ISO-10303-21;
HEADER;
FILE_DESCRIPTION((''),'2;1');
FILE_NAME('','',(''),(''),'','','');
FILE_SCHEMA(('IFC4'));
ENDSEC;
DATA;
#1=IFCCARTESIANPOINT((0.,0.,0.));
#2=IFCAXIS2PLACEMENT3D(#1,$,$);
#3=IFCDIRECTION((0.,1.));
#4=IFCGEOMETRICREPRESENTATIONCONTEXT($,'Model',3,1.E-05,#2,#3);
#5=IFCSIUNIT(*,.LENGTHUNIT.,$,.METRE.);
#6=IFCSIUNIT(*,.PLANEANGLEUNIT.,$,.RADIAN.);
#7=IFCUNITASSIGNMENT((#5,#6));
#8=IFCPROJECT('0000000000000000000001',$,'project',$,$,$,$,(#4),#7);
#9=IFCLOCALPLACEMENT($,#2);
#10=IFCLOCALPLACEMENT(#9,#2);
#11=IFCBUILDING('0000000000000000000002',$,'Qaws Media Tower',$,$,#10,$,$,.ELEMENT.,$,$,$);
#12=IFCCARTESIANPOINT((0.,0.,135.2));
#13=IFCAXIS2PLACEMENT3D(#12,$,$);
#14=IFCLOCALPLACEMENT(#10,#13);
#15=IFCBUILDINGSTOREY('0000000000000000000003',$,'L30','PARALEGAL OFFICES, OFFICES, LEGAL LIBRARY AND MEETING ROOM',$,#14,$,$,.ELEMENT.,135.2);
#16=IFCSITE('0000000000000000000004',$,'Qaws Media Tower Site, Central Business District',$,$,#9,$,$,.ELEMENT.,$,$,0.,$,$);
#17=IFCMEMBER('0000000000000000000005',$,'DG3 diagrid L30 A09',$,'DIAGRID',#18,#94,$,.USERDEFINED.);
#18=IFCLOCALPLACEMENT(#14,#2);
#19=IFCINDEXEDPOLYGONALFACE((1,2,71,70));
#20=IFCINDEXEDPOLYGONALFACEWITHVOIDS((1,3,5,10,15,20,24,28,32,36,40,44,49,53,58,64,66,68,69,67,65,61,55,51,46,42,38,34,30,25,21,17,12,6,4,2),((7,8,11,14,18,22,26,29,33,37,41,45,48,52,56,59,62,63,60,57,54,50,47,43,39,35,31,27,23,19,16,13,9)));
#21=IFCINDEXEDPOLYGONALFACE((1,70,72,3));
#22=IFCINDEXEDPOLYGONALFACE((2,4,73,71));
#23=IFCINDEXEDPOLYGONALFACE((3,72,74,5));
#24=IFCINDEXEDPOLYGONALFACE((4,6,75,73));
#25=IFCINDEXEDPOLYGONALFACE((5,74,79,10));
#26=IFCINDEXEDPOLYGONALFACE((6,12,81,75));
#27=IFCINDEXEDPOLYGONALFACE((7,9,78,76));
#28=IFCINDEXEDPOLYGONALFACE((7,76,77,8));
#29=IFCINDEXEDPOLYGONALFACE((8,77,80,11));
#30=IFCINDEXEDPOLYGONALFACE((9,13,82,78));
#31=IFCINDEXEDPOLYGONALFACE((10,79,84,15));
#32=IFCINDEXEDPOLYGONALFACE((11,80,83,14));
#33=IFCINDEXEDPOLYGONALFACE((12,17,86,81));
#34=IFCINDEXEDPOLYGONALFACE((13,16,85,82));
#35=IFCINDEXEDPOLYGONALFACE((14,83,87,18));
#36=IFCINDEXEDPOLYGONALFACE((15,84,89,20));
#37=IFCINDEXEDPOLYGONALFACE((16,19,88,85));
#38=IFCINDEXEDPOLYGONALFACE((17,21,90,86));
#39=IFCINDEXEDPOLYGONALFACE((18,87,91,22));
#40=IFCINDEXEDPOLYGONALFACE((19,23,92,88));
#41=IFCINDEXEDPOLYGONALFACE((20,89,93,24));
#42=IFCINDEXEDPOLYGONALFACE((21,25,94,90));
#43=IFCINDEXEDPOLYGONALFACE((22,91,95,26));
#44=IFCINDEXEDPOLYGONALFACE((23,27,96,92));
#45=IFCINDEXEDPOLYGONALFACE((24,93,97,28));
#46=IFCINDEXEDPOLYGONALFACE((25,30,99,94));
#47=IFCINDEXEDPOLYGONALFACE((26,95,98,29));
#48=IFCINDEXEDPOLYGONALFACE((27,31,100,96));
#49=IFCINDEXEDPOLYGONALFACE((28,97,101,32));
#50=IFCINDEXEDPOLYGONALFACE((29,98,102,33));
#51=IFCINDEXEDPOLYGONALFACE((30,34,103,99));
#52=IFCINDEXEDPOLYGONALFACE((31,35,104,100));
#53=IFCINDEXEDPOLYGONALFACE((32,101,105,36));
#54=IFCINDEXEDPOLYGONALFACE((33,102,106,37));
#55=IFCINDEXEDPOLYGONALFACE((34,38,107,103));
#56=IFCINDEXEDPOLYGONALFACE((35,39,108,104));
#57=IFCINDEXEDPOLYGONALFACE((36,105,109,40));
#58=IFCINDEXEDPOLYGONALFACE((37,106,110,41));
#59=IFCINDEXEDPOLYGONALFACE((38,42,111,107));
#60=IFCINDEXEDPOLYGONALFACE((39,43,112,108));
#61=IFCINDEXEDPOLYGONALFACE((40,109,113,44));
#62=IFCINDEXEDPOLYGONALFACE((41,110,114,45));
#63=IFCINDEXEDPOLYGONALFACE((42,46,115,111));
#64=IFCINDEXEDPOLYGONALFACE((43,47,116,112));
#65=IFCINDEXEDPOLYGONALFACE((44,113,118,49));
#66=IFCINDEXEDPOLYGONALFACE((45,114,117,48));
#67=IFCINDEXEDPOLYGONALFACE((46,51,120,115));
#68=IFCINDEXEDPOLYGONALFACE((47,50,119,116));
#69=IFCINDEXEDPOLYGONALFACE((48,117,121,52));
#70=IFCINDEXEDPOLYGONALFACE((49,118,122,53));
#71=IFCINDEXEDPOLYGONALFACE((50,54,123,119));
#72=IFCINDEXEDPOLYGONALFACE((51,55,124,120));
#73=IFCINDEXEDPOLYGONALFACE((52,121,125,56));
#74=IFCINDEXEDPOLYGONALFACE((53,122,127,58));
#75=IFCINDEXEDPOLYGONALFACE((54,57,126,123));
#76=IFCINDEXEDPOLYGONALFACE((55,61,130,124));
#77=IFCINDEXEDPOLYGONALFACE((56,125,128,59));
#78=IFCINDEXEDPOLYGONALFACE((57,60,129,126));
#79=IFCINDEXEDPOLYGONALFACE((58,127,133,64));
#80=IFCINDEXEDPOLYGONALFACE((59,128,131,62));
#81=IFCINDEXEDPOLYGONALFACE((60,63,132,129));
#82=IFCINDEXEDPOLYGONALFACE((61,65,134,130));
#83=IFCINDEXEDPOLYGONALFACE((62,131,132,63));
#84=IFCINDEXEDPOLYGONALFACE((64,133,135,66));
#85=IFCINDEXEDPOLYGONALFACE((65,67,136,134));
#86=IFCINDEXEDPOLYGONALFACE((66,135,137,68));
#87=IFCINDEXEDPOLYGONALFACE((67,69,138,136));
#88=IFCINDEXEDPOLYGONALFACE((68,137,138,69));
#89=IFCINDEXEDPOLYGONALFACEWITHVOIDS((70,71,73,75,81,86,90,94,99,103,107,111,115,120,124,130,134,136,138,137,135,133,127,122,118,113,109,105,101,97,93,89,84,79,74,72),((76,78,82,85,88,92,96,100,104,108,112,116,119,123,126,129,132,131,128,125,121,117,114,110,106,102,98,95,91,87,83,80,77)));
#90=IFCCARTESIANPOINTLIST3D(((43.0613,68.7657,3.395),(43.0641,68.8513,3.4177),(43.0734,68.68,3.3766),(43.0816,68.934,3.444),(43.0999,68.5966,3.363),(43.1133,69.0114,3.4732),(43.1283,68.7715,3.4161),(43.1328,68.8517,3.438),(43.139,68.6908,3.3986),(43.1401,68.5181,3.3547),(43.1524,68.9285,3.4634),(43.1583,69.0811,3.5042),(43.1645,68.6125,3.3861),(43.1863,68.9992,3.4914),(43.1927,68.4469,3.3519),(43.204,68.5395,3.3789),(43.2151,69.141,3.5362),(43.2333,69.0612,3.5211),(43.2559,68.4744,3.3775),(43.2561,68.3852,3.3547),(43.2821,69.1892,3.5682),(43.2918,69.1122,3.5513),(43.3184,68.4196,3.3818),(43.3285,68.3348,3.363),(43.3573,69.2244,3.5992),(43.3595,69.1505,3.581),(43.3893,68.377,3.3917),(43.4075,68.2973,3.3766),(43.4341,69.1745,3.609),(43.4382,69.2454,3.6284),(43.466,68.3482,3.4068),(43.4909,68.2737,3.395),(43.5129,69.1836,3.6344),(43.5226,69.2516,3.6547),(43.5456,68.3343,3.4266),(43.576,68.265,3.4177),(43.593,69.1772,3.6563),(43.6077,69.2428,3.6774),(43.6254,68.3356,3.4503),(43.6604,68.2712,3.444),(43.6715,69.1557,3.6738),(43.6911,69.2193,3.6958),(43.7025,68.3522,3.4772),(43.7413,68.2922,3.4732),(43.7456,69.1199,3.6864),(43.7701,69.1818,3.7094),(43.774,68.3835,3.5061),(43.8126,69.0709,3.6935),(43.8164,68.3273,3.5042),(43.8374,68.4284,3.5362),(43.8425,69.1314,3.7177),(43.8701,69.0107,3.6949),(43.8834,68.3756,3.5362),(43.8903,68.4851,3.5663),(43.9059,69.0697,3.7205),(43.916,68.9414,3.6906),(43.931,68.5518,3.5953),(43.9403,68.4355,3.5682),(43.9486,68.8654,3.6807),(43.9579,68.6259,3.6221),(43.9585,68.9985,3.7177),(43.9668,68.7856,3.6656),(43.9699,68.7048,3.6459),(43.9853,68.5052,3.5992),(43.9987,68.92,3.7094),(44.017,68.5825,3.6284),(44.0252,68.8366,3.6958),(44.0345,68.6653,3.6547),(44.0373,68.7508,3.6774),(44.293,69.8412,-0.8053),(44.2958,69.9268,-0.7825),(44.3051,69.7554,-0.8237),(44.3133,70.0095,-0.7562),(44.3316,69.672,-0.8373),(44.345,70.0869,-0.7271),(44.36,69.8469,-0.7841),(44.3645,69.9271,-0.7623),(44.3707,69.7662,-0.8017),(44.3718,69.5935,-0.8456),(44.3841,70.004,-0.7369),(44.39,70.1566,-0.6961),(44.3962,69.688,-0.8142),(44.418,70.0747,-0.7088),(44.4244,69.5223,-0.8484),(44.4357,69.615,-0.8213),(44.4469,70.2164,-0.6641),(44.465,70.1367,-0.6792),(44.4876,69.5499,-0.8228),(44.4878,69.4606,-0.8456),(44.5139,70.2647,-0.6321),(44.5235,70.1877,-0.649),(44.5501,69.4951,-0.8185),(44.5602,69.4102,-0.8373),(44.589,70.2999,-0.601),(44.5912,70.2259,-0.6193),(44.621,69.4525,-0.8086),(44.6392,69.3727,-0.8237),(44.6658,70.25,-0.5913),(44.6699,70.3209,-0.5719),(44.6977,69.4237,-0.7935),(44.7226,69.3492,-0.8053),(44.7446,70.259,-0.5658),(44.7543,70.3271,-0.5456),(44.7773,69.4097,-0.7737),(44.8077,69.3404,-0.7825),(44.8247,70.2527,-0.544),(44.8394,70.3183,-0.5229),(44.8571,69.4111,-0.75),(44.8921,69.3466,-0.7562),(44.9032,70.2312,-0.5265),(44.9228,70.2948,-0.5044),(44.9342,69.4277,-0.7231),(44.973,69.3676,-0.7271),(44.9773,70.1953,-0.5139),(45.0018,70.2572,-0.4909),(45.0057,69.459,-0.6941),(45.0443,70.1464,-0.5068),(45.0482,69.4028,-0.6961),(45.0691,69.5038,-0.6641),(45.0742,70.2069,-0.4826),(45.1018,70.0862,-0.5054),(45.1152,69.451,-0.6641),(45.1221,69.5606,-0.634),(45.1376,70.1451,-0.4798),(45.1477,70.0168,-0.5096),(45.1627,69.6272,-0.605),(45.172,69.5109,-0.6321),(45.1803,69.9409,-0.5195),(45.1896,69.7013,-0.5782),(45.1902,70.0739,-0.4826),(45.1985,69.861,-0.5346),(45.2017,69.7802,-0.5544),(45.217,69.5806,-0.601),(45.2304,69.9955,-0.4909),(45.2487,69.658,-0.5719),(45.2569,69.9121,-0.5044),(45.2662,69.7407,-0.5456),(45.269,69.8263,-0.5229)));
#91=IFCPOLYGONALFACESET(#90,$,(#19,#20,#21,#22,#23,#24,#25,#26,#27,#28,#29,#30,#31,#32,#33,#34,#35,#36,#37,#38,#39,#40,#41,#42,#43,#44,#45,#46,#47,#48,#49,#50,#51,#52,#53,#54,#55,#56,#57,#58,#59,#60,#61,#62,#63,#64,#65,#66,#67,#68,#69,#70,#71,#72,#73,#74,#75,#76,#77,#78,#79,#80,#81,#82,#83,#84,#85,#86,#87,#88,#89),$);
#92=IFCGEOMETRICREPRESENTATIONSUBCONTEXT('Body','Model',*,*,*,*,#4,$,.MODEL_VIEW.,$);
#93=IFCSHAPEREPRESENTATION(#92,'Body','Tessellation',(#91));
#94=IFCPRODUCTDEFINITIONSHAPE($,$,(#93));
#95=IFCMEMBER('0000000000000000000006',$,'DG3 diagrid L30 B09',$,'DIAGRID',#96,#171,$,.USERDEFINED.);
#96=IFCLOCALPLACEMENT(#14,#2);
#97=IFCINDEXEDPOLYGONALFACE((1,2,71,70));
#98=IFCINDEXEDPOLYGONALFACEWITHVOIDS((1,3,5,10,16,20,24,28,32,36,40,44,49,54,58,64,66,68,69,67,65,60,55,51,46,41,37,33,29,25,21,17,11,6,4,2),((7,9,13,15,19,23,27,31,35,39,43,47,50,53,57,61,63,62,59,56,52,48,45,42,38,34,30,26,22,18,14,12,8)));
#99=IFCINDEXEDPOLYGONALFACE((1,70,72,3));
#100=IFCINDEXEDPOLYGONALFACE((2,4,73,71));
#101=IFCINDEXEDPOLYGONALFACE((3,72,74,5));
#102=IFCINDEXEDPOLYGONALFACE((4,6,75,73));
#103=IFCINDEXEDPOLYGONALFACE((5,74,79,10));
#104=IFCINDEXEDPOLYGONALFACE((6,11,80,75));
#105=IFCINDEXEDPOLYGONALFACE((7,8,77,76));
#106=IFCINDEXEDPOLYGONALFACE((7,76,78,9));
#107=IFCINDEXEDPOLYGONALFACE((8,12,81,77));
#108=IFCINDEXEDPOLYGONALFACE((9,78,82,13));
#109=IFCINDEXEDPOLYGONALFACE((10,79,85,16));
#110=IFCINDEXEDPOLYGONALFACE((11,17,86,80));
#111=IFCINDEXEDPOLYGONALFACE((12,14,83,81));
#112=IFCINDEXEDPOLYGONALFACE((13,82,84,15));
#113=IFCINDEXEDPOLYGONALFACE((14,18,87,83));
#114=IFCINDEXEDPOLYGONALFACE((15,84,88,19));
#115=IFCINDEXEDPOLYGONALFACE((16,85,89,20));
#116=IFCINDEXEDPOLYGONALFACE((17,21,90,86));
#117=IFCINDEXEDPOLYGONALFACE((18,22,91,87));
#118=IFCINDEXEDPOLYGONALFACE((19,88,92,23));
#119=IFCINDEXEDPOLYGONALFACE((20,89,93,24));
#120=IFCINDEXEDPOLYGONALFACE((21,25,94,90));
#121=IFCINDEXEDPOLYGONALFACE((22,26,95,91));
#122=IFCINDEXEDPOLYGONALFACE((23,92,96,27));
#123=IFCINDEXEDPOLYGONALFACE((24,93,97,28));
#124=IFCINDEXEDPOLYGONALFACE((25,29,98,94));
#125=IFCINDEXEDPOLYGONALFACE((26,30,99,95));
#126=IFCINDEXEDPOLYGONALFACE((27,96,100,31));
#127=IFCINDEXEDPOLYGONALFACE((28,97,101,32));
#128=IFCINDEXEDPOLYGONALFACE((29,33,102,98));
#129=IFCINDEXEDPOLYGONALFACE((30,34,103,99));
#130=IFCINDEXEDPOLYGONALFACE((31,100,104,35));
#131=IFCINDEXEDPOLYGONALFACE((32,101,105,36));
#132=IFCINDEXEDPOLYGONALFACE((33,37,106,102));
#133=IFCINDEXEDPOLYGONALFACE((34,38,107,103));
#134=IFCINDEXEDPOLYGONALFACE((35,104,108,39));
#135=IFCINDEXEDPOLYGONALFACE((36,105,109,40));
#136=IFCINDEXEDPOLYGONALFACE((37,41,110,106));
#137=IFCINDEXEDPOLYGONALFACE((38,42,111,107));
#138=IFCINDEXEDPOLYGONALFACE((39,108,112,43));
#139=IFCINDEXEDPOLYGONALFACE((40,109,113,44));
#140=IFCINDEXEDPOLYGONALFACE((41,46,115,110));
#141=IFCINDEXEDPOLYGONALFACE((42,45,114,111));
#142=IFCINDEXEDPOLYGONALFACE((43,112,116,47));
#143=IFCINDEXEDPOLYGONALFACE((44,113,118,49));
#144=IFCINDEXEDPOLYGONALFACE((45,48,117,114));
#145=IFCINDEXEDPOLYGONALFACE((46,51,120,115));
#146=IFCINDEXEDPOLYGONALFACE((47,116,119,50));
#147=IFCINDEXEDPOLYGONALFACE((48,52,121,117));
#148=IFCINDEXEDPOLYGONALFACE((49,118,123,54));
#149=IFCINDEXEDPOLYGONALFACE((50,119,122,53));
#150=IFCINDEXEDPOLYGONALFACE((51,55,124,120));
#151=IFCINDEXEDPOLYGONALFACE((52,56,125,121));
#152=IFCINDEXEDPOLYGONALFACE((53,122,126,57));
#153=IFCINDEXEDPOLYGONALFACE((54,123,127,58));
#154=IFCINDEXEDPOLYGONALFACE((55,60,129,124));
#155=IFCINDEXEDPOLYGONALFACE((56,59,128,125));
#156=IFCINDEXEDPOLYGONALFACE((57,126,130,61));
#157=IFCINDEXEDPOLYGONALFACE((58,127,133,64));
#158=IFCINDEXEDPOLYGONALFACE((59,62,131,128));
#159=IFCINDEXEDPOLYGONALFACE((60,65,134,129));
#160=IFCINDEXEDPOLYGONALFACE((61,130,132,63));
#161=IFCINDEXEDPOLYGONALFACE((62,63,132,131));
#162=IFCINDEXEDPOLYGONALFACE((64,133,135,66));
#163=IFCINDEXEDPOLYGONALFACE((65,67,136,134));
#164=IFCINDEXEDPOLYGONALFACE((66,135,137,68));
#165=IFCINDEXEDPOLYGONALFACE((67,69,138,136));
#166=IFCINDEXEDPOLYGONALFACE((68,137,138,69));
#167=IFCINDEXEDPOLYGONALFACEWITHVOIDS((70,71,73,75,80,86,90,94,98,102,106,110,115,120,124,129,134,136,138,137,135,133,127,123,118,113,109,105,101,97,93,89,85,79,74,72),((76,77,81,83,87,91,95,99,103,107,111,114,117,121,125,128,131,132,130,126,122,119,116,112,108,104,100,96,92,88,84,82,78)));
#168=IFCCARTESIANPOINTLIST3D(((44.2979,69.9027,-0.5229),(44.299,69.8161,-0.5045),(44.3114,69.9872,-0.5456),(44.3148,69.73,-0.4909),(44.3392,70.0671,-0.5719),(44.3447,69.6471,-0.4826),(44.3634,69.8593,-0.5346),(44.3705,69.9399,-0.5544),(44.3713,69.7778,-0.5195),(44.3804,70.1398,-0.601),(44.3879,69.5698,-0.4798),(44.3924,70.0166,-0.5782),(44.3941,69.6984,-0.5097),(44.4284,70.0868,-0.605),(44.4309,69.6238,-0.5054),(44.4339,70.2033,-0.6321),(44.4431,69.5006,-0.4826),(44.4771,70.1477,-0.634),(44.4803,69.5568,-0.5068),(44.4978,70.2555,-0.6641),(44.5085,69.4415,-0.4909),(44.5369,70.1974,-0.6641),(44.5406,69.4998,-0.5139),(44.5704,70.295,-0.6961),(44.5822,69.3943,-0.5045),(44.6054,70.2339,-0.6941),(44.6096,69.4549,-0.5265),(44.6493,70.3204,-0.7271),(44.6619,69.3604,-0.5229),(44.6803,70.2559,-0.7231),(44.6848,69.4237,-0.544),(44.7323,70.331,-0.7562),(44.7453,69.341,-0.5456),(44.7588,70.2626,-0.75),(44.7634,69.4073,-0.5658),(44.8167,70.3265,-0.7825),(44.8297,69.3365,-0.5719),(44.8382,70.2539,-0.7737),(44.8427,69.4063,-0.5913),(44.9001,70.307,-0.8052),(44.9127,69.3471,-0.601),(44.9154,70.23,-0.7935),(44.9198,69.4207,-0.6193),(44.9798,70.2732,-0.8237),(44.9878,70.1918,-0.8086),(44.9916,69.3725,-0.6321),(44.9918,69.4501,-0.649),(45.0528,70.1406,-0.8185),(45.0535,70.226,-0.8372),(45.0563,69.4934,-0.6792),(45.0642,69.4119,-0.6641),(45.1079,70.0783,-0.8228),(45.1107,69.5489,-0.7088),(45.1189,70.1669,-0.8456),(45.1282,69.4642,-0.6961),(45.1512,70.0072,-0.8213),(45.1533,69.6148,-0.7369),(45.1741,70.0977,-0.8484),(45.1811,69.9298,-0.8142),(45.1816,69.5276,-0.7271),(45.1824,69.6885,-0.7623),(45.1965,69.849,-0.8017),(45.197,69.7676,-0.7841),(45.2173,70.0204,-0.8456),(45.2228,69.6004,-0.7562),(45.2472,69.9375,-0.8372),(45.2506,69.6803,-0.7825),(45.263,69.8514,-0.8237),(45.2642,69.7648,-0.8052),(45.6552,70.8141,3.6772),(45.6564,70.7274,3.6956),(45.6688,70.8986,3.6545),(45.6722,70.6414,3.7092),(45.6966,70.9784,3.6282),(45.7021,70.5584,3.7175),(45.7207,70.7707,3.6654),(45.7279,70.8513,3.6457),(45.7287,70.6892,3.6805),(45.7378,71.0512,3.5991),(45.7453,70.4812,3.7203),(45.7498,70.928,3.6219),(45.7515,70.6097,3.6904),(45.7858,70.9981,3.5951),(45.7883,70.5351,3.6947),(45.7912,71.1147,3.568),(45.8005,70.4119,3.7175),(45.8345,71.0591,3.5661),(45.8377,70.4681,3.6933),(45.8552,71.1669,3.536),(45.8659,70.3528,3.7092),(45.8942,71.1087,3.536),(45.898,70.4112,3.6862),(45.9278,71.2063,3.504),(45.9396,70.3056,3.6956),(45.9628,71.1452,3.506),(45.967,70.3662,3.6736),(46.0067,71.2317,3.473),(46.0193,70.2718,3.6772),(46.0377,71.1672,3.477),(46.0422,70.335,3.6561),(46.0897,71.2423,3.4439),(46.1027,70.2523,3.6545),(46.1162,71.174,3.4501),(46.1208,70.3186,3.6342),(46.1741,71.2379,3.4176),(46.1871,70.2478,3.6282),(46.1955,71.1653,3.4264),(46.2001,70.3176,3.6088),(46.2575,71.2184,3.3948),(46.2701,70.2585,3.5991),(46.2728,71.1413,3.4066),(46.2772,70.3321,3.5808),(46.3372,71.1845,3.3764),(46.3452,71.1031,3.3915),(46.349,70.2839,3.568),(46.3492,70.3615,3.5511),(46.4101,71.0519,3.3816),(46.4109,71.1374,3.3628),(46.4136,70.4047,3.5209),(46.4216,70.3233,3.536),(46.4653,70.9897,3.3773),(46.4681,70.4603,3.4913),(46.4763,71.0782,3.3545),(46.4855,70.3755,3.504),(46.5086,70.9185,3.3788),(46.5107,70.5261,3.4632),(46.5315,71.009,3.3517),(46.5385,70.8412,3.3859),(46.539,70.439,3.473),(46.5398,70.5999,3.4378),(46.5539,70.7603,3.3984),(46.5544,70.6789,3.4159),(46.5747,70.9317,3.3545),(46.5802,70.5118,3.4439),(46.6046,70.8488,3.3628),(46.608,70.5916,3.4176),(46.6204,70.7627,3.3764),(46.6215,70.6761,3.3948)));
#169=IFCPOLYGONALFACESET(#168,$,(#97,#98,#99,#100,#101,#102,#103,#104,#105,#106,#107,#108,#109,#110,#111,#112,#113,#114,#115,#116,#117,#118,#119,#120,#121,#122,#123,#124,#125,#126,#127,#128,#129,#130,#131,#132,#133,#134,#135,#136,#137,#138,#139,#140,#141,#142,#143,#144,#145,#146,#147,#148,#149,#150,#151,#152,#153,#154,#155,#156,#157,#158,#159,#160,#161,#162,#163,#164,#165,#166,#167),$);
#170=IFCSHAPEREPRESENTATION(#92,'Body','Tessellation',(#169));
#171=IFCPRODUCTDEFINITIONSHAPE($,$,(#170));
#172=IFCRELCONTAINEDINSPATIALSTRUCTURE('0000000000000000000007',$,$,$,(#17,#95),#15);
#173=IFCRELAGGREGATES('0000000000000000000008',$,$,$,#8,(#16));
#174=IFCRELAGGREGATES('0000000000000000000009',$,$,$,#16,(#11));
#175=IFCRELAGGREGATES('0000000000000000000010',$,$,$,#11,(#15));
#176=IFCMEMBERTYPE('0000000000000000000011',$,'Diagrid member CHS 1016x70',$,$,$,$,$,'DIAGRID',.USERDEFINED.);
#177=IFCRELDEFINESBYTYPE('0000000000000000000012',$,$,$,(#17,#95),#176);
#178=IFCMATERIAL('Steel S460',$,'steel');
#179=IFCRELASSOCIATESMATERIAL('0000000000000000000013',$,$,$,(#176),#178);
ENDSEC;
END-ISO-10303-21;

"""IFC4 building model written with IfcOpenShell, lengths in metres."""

from ifc_helpers import new_model, si_unit, direction, frame, origin, origin_2d, place, context, subcontext, project, spatial, hollow_circle, extrude, material, material_profile, profile_set, type_object, element, save


model = new_model("IFC4")

# Units and contexts
model_context = context("Model", 3, precision=1e-05, world=origin(), true_north=direction((0.0, 1.0)))
body_context = subcontext(model_context, "Body", "Model", "MODEL_VIEW")
ifc_project = project(units=[si_unit("LENGTHUNIT", "METRE"), si_unit("PLANEANGLEUNIT", "RADIAN")], contexts=[model_context])

# Site, building, storey
site_placement = place(None, origin())
site = spatial("IfcSite", under=ifc_project, at=site_placement, Name="Qaws Media Tower Site, Central Business District", CompositionType="ELEMENT", RefElevation=0.0)
building_placement = place(site_placement, origin())
building = spatial("IfcBuilding", under=site, at=building_placement, Name="Qaws Media Tower", CompositionType="ELEMENT")
storey_placement = place(building_placement, frame((0.0, 0.0, 135.2)))
storey = spatial("IfcBuildingStorey", under=building, at=storey_placement, Name="L30", Description="PARALEGAL OFFICES, OFFICES, LEGAL LIBRARY AND MEETING ROOM", CompositionType="ELEMENT", Elevation=135.2)

# Members
ifc_material_1 = material(Name="Steel S460", Category="steel")
ifc_material_profile_1 = material_profile(ifc_material_1, hollow_circle(Radius=0.5081, WallThickness=0.0701, at=origin_2d()), Name="CHS 1016x70")
ifc_profile_set_1 = profile_set([ifc_material_profile_1], Name="Steel S460")
member_type_1 = type_object("IfcMemberType", Name="Diagrid member CHS 1016x70", ElementType="DIAGRID", PredefinedType="USERDEFINED", material=ifc_profile_set_1)
member_1_placement = place(storey_placement, frame((44.781, 69.8337, -0.6641), z_axis=(-0.273269, -0.238602, 0.931876), x_axis=(0.657711, -0.75327, 0.0)))
element("IfcMember", 1, at=member_1_placement, inside=storey, type_object=member_type_1, Name="DG3 diagrid L30 A09", ObjectType="DIAGRID", PredefinedType="USERDEFINED", context=body_context, shape_type="SweptSolid", body=[
    extrude(hollow_circle(Radius=0.5081, WallThickness=0.0701, at=origin_2d()), origin(), (0.0, 0.0, 1.0), 4.5073),
])
for number, where, z_axis, x_axis, name in (
    (2, (44.781, 69.8337, -0.6641), (0.301168, 0.202205, 0.931886), (-0.557419, 0.830231, 0.0), "DG3 diagrid L30 B09"),
):
    element("IfcMember", number, at=place(storey_placement, frame(where, z_axis=z_axis, x_axis=x_axis)), inside=storey, type_object=member_type_1, Name=name, ObjectType="DIAGRID", PredefinedType="USERDEFINED", context=body_context, shape_type="SweptSolid", body=[
        extrude(hollow_circle(Radius=0.5081, WallThickness=0.0701, at=origin_2d()), origin(), (0.0, 0.0, 1.0), 4.5071),
    ])

save(model, "model.ifc")
